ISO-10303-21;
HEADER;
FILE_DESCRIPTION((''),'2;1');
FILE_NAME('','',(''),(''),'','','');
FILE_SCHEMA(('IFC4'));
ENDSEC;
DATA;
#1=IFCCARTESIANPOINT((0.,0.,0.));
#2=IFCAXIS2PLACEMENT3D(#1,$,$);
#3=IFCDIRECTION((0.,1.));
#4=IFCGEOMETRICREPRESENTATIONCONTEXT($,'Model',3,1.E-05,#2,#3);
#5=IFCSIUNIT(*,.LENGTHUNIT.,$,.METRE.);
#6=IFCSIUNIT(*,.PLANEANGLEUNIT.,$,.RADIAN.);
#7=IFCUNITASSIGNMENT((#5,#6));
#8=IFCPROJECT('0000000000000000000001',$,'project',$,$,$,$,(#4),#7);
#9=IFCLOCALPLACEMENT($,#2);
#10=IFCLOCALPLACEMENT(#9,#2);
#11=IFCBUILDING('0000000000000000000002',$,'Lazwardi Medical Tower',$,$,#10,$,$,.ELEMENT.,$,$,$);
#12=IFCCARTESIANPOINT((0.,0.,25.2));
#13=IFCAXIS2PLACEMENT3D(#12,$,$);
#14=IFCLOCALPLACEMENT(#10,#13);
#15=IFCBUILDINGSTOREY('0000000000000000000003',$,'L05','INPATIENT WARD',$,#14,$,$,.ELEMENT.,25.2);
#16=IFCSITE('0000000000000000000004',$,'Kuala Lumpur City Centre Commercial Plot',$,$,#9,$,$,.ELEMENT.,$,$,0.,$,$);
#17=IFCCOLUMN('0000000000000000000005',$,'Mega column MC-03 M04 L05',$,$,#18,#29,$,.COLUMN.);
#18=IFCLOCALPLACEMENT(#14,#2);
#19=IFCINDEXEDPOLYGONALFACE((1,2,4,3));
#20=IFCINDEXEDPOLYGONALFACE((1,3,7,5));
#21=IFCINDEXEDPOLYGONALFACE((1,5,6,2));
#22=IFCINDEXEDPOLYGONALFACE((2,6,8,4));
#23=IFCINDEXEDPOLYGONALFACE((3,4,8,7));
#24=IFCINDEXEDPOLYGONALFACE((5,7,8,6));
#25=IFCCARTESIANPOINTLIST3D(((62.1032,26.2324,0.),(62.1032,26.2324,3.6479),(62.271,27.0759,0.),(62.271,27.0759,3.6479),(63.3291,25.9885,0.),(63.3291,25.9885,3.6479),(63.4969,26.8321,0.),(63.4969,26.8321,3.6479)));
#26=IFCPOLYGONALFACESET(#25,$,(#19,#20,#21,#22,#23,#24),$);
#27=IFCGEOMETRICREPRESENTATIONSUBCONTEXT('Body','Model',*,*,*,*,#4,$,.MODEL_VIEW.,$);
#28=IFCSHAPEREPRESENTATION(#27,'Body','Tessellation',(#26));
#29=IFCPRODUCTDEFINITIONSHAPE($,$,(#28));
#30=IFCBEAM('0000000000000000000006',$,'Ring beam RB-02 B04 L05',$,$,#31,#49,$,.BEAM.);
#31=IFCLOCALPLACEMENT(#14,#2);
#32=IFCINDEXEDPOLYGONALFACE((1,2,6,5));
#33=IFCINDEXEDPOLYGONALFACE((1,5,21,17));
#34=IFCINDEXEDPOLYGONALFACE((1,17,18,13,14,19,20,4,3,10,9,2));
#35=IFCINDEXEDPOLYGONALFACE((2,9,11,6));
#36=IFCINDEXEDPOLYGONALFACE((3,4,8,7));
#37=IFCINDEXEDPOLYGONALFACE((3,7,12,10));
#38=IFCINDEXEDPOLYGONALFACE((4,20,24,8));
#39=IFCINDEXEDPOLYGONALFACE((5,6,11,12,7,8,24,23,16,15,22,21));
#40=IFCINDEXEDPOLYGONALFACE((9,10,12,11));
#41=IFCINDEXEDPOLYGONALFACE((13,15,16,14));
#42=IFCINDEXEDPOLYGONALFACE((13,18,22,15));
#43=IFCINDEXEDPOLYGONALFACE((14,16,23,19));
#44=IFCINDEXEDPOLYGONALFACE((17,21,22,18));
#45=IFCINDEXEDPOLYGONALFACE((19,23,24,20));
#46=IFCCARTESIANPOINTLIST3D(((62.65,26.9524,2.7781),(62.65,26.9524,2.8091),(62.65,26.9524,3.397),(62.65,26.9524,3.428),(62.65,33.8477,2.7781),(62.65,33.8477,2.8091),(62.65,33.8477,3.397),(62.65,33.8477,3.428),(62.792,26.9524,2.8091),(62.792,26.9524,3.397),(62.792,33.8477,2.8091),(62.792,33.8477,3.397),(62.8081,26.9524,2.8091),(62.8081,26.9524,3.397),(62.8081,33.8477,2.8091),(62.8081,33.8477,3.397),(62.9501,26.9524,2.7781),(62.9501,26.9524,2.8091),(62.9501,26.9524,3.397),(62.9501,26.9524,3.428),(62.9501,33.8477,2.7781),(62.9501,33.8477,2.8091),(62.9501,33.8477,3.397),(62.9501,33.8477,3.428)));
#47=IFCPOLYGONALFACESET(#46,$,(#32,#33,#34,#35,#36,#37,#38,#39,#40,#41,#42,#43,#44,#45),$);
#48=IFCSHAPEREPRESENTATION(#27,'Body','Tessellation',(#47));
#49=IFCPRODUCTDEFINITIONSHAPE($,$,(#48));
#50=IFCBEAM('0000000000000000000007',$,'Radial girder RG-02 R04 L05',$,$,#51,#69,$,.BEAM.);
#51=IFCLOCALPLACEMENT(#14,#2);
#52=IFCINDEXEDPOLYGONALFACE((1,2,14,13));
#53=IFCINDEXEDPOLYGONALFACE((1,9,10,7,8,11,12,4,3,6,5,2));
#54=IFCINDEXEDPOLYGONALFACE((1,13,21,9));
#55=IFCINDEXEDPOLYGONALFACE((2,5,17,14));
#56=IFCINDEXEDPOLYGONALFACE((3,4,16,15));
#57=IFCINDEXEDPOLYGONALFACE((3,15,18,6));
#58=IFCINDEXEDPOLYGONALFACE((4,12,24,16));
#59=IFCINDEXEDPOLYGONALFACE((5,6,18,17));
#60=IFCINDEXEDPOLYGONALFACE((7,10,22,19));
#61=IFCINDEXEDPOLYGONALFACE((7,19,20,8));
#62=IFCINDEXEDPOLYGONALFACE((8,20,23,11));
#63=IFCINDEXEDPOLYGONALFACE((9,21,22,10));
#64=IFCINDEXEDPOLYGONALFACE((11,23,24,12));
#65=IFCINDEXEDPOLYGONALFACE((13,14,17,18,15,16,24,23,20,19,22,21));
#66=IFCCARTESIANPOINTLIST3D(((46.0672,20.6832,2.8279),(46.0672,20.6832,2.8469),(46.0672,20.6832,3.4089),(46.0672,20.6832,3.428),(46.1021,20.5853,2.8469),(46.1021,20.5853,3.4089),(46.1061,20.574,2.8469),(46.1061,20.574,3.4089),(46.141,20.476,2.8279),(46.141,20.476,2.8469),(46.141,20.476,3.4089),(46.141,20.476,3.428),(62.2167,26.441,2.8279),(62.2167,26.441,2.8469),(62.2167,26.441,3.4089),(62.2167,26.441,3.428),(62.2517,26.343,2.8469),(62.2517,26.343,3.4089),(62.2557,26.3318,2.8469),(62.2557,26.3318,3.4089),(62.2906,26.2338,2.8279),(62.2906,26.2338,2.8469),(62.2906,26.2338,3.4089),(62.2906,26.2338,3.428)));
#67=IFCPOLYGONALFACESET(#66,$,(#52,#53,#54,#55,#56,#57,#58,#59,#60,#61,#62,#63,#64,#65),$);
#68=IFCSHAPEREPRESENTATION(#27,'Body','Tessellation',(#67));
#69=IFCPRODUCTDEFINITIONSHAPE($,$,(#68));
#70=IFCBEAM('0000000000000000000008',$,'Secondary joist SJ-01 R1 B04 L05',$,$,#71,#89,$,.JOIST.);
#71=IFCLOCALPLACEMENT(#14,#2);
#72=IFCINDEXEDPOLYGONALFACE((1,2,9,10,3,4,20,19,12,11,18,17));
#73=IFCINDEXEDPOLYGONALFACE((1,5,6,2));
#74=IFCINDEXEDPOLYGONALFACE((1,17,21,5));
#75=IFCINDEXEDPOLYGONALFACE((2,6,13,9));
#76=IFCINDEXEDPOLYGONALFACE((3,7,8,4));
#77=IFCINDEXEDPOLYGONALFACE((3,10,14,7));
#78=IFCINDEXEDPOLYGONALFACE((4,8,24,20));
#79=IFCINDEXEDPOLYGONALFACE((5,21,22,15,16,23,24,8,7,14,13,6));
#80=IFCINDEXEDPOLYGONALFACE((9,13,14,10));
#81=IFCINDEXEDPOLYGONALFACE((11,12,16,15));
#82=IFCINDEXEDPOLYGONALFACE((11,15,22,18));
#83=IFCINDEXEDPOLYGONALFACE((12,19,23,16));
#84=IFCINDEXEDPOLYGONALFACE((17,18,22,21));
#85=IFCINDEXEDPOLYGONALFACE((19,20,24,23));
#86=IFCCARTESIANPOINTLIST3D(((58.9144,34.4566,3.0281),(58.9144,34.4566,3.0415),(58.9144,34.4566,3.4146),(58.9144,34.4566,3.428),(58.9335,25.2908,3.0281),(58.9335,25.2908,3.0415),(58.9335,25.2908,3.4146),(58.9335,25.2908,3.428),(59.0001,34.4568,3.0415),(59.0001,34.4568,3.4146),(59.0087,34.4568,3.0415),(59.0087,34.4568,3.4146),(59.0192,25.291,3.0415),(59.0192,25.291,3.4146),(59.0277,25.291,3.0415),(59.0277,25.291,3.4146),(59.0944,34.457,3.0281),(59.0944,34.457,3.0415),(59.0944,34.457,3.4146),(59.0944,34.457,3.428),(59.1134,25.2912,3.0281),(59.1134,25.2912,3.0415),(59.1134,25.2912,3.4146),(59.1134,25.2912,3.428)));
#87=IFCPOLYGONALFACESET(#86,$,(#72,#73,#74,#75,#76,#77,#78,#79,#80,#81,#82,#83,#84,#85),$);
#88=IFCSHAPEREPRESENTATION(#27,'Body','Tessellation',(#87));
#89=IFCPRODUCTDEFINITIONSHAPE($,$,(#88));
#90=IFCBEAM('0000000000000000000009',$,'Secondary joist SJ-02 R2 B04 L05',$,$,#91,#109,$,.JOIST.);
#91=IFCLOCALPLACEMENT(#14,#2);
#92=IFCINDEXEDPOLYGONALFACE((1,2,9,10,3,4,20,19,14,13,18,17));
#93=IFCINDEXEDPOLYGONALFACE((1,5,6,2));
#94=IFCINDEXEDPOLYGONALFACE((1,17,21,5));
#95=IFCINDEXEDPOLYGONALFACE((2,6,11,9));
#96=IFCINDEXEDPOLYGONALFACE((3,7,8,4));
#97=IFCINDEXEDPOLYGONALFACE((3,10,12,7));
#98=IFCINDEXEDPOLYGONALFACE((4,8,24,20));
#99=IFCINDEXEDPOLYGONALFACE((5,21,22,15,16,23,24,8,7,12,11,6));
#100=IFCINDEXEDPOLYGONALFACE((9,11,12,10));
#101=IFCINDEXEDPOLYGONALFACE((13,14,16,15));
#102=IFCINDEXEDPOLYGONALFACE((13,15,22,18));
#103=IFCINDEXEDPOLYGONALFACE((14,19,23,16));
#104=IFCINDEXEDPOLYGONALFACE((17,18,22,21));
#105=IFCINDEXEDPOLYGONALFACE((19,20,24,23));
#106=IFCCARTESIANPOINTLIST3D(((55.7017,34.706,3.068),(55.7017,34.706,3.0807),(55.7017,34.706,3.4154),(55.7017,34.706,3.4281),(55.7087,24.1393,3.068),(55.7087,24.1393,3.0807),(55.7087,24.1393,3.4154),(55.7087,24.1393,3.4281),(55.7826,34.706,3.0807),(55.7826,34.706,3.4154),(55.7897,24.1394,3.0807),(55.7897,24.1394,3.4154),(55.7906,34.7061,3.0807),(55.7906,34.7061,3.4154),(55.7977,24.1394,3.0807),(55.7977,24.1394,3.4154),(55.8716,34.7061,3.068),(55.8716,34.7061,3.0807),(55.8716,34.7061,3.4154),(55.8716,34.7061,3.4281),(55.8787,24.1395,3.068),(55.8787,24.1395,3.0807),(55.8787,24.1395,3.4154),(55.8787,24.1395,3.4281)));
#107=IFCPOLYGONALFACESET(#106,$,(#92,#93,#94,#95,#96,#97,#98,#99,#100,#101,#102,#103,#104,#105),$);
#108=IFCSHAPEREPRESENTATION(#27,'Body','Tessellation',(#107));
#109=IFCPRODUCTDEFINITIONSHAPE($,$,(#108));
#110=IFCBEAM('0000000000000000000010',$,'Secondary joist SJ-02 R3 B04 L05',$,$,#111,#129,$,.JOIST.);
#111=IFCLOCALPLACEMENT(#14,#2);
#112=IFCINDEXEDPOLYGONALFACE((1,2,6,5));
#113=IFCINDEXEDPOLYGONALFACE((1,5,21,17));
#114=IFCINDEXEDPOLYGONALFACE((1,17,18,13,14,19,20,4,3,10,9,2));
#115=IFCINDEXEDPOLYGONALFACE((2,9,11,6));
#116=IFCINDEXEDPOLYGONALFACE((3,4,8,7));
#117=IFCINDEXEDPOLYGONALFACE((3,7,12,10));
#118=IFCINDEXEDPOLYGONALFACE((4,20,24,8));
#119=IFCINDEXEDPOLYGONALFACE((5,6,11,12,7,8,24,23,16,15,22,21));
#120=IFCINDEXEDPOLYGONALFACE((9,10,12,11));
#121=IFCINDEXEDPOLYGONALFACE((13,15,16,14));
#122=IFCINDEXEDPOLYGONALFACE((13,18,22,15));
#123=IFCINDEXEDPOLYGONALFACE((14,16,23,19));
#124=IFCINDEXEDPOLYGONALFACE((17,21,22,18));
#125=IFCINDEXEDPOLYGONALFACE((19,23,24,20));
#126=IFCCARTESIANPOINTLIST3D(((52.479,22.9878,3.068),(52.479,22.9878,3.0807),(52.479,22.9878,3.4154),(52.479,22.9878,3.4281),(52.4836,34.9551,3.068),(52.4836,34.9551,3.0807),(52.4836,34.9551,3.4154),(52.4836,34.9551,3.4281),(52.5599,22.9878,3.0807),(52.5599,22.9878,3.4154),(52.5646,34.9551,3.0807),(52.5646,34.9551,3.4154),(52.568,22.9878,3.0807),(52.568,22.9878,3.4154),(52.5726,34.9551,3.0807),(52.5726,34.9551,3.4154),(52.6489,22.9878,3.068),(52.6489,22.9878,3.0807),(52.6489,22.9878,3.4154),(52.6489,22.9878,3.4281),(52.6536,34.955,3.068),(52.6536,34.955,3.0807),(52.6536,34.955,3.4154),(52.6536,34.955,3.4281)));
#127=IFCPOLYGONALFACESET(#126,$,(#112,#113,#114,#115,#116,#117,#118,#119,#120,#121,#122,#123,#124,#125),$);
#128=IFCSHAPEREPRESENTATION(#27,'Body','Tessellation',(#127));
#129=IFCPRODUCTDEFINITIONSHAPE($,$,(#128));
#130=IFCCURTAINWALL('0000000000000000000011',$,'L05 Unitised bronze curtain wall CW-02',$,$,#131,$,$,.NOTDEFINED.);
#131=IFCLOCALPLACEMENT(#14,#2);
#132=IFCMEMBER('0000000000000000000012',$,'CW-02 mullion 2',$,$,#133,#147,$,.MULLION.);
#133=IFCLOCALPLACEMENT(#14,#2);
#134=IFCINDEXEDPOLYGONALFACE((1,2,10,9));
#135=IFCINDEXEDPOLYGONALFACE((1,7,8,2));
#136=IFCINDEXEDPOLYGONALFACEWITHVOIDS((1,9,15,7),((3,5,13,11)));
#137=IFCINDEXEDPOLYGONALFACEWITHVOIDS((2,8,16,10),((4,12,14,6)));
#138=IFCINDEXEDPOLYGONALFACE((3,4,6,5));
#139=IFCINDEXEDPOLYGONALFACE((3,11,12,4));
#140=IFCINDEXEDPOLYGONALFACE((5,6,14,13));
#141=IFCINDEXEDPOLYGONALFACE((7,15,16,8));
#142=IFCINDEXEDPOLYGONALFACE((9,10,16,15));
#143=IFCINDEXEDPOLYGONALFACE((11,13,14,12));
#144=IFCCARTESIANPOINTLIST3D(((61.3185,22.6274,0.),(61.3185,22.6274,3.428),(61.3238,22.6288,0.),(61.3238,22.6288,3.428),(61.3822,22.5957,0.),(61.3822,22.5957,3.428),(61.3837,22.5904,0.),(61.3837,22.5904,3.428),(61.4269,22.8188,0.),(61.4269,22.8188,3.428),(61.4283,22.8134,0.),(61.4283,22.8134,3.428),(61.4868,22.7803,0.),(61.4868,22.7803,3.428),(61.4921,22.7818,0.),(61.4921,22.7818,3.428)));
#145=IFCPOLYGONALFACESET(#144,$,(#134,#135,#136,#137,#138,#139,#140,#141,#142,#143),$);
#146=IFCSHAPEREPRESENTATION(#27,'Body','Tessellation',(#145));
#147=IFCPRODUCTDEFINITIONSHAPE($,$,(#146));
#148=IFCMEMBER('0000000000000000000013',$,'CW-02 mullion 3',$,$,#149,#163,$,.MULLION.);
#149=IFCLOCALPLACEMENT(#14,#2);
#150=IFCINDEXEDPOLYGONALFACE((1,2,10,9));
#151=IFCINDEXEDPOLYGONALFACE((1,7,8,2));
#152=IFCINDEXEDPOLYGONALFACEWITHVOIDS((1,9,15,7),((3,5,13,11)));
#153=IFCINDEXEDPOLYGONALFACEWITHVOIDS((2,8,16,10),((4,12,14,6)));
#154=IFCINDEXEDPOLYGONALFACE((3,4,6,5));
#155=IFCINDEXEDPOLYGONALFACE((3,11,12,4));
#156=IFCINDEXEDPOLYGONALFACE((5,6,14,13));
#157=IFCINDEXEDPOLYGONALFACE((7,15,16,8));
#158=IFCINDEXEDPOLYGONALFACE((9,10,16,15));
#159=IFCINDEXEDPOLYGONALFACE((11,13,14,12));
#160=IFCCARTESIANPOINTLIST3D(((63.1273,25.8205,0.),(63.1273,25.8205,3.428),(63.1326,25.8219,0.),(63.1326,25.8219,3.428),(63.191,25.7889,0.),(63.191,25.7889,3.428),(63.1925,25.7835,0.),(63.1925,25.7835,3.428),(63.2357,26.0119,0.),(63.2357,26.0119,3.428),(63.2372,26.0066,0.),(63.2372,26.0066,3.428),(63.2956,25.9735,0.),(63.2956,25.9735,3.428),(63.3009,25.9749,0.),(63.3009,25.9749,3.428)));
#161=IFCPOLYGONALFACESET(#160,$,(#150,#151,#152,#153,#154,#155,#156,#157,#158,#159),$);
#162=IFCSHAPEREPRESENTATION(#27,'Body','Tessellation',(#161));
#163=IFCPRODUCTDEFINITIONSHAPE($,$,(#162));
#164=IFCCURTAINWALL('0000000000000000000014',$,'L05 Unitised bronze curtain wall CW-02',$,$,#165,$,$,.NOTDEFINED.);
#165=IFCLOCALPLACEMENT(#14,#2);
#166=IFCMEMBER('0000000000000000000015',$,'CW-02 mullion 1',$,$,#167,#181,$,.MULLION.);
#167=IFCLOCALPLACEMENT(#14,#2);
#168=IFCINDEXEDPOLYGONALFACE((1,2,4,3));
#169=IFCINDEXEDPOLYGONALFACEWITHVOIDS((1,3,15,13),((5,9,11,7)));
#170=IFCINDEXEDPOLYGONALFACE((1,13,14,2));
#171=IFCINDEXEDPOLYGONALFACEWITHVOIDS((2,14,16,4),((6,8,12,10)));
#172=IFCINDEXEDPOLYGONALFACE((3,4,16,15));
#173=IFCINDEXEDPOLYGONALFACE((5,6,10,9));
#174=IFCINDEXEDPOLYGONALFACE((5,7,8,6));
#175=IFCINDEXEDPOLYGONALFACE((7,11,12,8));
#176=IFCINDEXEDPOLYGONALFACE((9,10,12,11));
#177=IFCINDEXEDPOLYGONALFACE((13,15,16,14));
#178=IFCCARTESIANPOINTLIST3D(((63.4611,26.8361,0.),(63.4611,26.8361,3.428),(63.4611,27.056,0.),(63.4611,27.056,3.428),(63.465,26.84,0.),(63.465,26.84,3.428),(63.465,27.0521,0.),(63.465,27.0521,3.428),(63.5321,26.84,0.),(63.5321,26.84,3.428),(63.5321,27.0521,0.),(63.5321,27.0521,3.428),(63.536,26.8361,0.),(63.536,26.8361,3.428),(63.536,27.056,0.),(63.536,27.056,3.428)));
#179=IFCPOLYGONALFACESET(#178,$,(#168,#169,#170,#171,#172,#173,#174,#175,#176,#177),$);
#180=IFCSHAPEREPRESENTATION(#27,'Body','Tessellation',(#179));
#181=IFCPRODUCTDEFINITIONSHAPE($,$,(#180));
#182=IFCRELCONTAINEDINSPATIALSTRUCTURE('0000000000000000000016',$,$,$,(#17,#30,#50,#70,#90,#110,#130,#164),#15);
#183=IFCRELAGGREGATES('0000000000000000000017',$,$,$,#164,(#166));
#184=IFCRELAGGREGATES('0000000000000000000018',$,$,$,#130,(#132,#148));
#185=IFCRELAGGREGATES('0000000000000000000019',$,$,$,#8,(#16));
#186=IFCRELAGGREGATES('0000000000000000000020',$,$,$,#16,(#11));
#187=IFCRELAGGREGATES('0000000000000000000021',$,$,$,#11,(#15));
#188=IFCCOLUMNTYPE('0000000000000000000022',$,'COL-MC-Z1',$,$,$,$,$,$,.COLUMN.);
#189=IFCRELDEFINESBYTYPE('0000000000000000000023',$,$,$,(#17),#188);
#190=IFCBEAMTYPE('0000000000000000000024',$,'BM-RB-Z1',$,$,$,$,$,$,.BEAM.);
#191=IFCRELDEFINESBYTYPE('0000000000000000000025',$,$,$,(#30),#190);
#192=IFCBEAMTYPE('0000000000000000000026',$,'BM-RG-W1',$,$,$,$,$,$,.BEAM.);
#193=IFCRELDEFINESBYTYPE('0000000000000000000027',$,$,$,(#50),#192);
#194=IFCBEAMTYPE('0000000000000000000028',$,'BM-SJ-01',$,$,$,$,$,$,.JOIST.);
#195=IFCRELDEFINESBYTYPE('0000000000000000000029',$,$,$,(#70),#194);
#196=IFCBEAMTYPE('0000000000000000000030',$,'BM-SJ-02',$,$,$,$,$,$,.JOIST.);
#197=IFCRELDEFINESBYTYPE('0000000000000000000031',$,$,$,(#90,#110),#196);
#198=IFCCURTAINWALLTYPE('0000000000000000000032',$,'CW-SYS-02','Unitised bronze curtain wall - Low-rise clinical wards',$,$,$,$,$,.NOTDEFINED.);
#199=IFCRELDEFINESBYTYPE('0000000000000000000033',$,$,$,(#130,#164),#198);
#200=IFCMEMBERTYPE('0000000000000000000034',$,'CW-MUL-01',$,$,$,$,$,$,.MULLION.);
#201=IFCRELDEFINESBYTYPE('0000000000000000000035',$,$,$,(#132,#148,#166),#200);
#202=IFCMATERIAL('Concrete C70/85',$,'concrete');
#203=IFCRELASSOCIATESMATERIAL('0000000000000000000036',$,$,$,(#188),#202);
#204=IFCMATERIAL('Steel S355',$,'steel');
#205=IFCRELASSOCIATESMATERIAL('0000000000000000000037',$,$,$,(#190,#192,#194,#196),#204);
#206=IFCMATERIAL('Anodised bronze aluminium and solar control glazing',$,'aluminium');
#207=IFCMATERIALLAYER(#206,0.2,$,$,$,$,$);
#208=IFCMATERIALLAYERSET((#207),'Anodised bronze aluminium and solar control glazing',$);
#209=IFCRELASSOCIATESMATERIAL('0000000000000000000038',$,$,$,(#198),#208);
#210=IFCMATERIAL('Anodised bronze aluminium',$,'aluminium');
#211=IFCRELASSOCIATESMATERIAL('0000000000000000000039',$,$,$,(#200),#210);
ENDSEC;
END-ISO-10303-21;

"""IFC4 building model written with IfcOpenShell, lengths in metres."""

from ifc_helpers import new_model, si_unit, direction, frame, origin, origin_2d, place, context, subcontext, project, spatial, rectangle, hollow_rectangle, i_section, extrude, material, layer, layer_set, material_profile, profile_set, type_object, element, aggregate, save


model = new_model("IFC4")

# Units and contexts
model_context = context("Model", 3, precision=1e-05, world=origin(), true_north=direction((0.0, 1.0)))
body_context = subcontext(model_context, "Body", "Model", "MODEL_VIEW")
ifc_project = project(units=[si_unit("LENGTHUNIT", "METRE"), si_unit("PLANEANGLEUNIT", "RADIAN")], contexts=[model_context])

# Site, building, storey
site_placement = place(None, origin())
site = spatial("IfcSite", under=ifc_project, at=site_placement, Name="Kuala Lumpur City Centre Commercial Plot", CompositionType="ELEMENT", RefElevation=0.0)
building_placement = place(site_placement, origin())
building = spatial("IfcBuilding", under=site, at=building_placement, Name="Lazwardi Medical Tower", CompositionType="ELEMENT")
storey_placement = place(building_placement, frame((0.0, 0.0, 25.2)))
storey = spatial("IfcBuildingStorey", under=building, at=storey_placement, Name="L05", Description="INPATIENT WARD", CompositionType="ELEMENT", Elevation=25.2)

# Column
ifc_material_1 = material(Name="Concrete C70/85", Category="concrete")
ifc_material_profile_1 = material_profile(ifc_material_1, rectangle(XDim=1.25, YDim=0.8601, at=origin_2d()), Name="CFT-RECT 1250x860")
ifc_profile_set_1 = profile_set([ifc_material_profile_1], Name="Concrete C70/85")
column_type = type_object("IfcColumnType", Name="COL-MC-Z1", PredefinedType="COLUMN", material=ifc_profile_set_1)
column_placement = place(storey_placement, frame((62.8, 26.5322, 0.0), z_axis=(0.0, 0.0, 1.0), x_axis=(0.980785, -0.19509, 0.0)))
element("IfcColumn", 1, at=column_placement, inside=storey, type_object=column_type, Name="Mega column MC-03 M04 L05", PredefinedType="COLUMN", context=body_context, shape_type="SweptSolid", body=[
    extrude(rectangle(XDim=1.25, YDim=0.8601, at=origin_2d()), origin(), (0.0, 0.0, 1.0), 3.6479),
])

# Beams
ifc_material_2 = material(Name="Steel S355", Category="steel")
ifc_material_profile_2 = material_profile(ifc_material_2, i_section(OverallWidth=0.3, OverallDepth=0.6499, WebThickness=0.0161, FlangeThickness=0.031, at=origin_2d()), Name="HEB 650")
ifc_profile_set_2 = profile_set([ifc_material_profile_2], Name="Steel S355")
beam_type_1 = type_object("IfcBeamType", Name="BM-RB-Z1", PredefinedType="BEAM", material=ifc_profile_set_2)
beam_1_placement = place(storey_placement, frame((62.8, 26.9524, 3.103), z_axis=(0.0, 1.0, 0.0), x_axis=(-1.0, 0.0, 0.0)))
element("IfcBeam", 2, at=beam_1_placement, inside=storey, type_object=beam_type_1, Name="Ring beam RB-02 B04 L05", PredefinedType="BEAM", context=body_context, shape_type="SweptSolid", body=[
    extrude(i_section(OverallWidth=0.3, OverallDepth=0.6499, WebThickness=0.0161, FlangeThickness=0.031, at=origin_2d()), origin(), (0.0, 0.0, 1.0), 6.8953),
])
ifc_material_profile_3 = material_profile(ifc_material_2, i_section(OverallWidth=0.22, OverallDepth=0.6001, WebThickness=0.012, FlangeThickness=0.019, at=origin_2d()), Name="IPE 600")
ifc_profile_set_3 = profile_set([ifc_material_profile_3], Name="Steel S355")
beam_type_2 = type_object("IfcBeamType", Name="BM-RG-W1", PredefinedType="BEAM", material=ifc_profile_set_3)
beam_2_placement = place(storey_placement, frame((62.2537, 26.3374, 3.1279), z_axis=(-0.941925, -0.335823, 0.0), x_axis=(0.335823, -0.941925, 0.0)))
element("IfcBeam", 3, at=beam_2_placement, inside=storey, type_object=beam_type_2, Name="Radial girder RG-02 R04 L05", PredefinedType="BEAM", context=body_context, shape_type="SweptSolid", body=[
    extrude(i_section(OverallWidth=0.22, OverallDepth=0.6001, WebThickness=0.012, FlangeThickness=0.019, at=origin_2d()), origin(), (0.0, 0.0, 1.0), 17.1453),
])
ifc_material_profile_4 = material_profile(ifc_material_2, i_section(OverallWidth=0.1799, OverallDepth=0.3999, WebThickness=0.0085, FlangeThickness=0.0134, at=origin_2d()), Name="IPE 400")
ifc_profile_set_4 = profile_set([ifc_material_profile_4], Name="Steel S355")
beam_type_3 = type_object("IfcBeamType", Name="BM-SJ-01", PredefinedType="JOIST", material=ifc_profile_set_4)
beam_3_placement = place(storey_placement, frame((59.0234, 25.291, 3.228), z_axis=(-0.002078, 0.999998, 0.0), x_axis=(-0.999998, -0.002078, 0.0)))
element("IfcBeam", 4, at=beam_3_placement, inside=storey, type_object=beam_type_3, Name="Secondary joist SJ-01 R1 B04 L05", PredefinedType="JOIST", context=body_context, shape_type="SweptSolid", body=[
    extrude(i_section(OverallWidth=0.1799, OverallDepth=0.3999, WebThickness=0.0085, FlangeThickness=0.0134, at=origin_2d()), origin(), (0.0, 0.0, 1.0), 9.1658),
])
ifc_material_profile_5 = material_profile(ifc_material_2, i_section(OverallWidth=0.1699, OverallDepth=0.3601, WebThickness=0.0081, FlangeThickness=0.0127, at=origin_2d()), Name="IPE 360")
ifc_profile_set_5 = profile_set([ifc_material_profile_5], Name="Steel S355")
beam_type_4 = type_object("IfcBeamType", Name="BM-SJ-02", PredefinedType="JOIST", material=ifc_profile_set_5)
beam_4_placement = place(storey_placement, frame((55.7937, 24.1394, 3.248), z_axis=(-0.00067, 1.0, 0.0), x_axis=(-1.0, -0.00067, 0.0)))
element("IfcBeam", 5, at=beam_4_placement, inside=storey, type_object=beam_type_4, Name="Secondary joist SJ-02 R2 B04 L05", PredefinedType="JOIST", context=body_context, shape_type="SweptSolid", body=[
    extrude(i_section(OverallWidth=0.1699, OverallDepth=0.3601, WebThickness=0.0081, FlangeThickness=0.0127, at=origin_2d()), origin(), (0.0, 0.0, 1.0), 10.5667),
])
beam_5_placement = place(storey_placement, frame((52.564, 22.9878, 3.248), z_axis=(0.000388, 1.0, 0.0), x_axis=(-1.0, 0.000388, 0.0)))
element("IfcBeam", 6, at=beam_5_placement, inside=storey, type_object=beam_type_4, Name="Secondary joist SJ-02 R3 B04 L05", PredefinedType="JOIST", context=body_context, shape_type="SweptSolid", body=[
    extrude(i_section(OverallWidth=0.1699, OverallDepth=0.3601, WebThickness=0.0081, FlangeThickness=0.0127, at=origin_2d()), origin(), (0.0, 0.0, 1.0), 11.9673),
])

# Curtain wall, members
ifc_material_3 = material(Name="Anodised bronze aluminium and solar control glazing", Category="aluminium")
ifc_layer_1 = layer(ifc_material_3, 0.2)
ifc_layer_set_1 = layer_set([ifc_layer_1], Name="Anodised bronze aluminium and solar control glazing")
curtain_wall_type = type_object("IfcCurtainWallType", Name="CW-SYS-02", Description="Unitised bronze curtain wall - Low-rise clinical wards", PredefinedType="NOTDEFINED", material=ifc_layer_set_1)
curtain_wall_1_placement = place(storey_placement, origin())
curtain_wall_1 = element("IfcCurtainWall", 7, at=curtain_wall_1_placement, inside=storey, type_object=curtain_wall_type, Name="L05 Unitised bronze curtain wall CW-02", PredefinedType="NOTDEFINED")
ifc_material_4 = material(Name="Anodised bronze aluminium", Category="aluminium")
ifc_material_profile_6 = material_profile(ifc_material_4, hollow_rectangle(XDim=0.075, YDim=0.22, WallThickness=0.0039, at=origin_2d()), Name="ALU-MULLION 220x75x4")
ifc_profile_set_6 = profile_set([ifc_material_profile_6], Name="Anodised bronze aluminium")
member_type_1 = type_object("IfcMemberType", Name="CW-MUL-01", PredefinedType="MULLION", material=ifc_profile_set_6)
member_1_placement = place(storey_placement, frame((61.4053, 22.7046, 0.0), z_axis=(0.0, 0.0, 1.0), x_axis=(-0.870112, 0.492854, 0.0)))
member_1 = element("IfcMember", 8, at=member_1_placement, type_object=member_type_1, Name="CW-02 mullion 2", PredefinedType="MULLION", context=body_context, shape_type="SweptSolid", body=[
    extrude(hollow_rectangle(XDim=0.075, YDim=0.22, WallThickness=0.0039, at=origin_2d()), origin(), (0.0, 0.0, 1.0), 3.428),
])
member_2_placement = place(storey_placement, frame((63.2141, 25.8977, 0.0), z_axis=(0.0, 0.0, 1.0), x_axis=(-0.870112, 0.492854, 0.0)))
member_2 = element("IfcMember", 9, at=member_2_placement, type_object=member_type_1, Name="CW-02 mullion 3", PredefinedType="MULLION", context=body_context, shape_type="SweptSolid", body=[
    extrude(hollow_rectangle(XDim=0.075, YDim=0.22, WallThickness=0.0039, at=origin_2d()), origin(), (0.0, 0.0, 1.0), 3.428),
])

# Curtain wall, member
curtain_wall_2_placement = place(storey_placement, origin())
curtain_wall_2 = element("IfcCurtainWall", 10, at=curtain_wall_2_placement, inside=storey, type_object=curtain_wall_type, Name="L05 Unitised bronze curtain wall CW-02", PredefinedType="NOTDEFINED")
member_3_placement = place(storey_placement, frame((63.4985, 26.946, 0.0), z_axis=(0.0, 0.0, 1.0), x_axis=(-1.0, 0.0, 0.0)))
member_3 = element("IfcMember", 11, at=member_3_placement, type_object=member_type_1, Name="CW-02 mullion 1", PredefinedType="MULLION", context=body_context, shape_type="SweptSolid", body=[
    extrude(hollow_rectangle(XDim=0.075, YDim=0.22, WallThickness=0.0039, at=origin_2d()), origin(), (0.0, 0.0, 1.0), 3.428),
])

aggregate(curtain_wall_2, [member_3])

aggregate(curtain_wall_1, [member_1, member_2])

save(model, "model.ifc")
